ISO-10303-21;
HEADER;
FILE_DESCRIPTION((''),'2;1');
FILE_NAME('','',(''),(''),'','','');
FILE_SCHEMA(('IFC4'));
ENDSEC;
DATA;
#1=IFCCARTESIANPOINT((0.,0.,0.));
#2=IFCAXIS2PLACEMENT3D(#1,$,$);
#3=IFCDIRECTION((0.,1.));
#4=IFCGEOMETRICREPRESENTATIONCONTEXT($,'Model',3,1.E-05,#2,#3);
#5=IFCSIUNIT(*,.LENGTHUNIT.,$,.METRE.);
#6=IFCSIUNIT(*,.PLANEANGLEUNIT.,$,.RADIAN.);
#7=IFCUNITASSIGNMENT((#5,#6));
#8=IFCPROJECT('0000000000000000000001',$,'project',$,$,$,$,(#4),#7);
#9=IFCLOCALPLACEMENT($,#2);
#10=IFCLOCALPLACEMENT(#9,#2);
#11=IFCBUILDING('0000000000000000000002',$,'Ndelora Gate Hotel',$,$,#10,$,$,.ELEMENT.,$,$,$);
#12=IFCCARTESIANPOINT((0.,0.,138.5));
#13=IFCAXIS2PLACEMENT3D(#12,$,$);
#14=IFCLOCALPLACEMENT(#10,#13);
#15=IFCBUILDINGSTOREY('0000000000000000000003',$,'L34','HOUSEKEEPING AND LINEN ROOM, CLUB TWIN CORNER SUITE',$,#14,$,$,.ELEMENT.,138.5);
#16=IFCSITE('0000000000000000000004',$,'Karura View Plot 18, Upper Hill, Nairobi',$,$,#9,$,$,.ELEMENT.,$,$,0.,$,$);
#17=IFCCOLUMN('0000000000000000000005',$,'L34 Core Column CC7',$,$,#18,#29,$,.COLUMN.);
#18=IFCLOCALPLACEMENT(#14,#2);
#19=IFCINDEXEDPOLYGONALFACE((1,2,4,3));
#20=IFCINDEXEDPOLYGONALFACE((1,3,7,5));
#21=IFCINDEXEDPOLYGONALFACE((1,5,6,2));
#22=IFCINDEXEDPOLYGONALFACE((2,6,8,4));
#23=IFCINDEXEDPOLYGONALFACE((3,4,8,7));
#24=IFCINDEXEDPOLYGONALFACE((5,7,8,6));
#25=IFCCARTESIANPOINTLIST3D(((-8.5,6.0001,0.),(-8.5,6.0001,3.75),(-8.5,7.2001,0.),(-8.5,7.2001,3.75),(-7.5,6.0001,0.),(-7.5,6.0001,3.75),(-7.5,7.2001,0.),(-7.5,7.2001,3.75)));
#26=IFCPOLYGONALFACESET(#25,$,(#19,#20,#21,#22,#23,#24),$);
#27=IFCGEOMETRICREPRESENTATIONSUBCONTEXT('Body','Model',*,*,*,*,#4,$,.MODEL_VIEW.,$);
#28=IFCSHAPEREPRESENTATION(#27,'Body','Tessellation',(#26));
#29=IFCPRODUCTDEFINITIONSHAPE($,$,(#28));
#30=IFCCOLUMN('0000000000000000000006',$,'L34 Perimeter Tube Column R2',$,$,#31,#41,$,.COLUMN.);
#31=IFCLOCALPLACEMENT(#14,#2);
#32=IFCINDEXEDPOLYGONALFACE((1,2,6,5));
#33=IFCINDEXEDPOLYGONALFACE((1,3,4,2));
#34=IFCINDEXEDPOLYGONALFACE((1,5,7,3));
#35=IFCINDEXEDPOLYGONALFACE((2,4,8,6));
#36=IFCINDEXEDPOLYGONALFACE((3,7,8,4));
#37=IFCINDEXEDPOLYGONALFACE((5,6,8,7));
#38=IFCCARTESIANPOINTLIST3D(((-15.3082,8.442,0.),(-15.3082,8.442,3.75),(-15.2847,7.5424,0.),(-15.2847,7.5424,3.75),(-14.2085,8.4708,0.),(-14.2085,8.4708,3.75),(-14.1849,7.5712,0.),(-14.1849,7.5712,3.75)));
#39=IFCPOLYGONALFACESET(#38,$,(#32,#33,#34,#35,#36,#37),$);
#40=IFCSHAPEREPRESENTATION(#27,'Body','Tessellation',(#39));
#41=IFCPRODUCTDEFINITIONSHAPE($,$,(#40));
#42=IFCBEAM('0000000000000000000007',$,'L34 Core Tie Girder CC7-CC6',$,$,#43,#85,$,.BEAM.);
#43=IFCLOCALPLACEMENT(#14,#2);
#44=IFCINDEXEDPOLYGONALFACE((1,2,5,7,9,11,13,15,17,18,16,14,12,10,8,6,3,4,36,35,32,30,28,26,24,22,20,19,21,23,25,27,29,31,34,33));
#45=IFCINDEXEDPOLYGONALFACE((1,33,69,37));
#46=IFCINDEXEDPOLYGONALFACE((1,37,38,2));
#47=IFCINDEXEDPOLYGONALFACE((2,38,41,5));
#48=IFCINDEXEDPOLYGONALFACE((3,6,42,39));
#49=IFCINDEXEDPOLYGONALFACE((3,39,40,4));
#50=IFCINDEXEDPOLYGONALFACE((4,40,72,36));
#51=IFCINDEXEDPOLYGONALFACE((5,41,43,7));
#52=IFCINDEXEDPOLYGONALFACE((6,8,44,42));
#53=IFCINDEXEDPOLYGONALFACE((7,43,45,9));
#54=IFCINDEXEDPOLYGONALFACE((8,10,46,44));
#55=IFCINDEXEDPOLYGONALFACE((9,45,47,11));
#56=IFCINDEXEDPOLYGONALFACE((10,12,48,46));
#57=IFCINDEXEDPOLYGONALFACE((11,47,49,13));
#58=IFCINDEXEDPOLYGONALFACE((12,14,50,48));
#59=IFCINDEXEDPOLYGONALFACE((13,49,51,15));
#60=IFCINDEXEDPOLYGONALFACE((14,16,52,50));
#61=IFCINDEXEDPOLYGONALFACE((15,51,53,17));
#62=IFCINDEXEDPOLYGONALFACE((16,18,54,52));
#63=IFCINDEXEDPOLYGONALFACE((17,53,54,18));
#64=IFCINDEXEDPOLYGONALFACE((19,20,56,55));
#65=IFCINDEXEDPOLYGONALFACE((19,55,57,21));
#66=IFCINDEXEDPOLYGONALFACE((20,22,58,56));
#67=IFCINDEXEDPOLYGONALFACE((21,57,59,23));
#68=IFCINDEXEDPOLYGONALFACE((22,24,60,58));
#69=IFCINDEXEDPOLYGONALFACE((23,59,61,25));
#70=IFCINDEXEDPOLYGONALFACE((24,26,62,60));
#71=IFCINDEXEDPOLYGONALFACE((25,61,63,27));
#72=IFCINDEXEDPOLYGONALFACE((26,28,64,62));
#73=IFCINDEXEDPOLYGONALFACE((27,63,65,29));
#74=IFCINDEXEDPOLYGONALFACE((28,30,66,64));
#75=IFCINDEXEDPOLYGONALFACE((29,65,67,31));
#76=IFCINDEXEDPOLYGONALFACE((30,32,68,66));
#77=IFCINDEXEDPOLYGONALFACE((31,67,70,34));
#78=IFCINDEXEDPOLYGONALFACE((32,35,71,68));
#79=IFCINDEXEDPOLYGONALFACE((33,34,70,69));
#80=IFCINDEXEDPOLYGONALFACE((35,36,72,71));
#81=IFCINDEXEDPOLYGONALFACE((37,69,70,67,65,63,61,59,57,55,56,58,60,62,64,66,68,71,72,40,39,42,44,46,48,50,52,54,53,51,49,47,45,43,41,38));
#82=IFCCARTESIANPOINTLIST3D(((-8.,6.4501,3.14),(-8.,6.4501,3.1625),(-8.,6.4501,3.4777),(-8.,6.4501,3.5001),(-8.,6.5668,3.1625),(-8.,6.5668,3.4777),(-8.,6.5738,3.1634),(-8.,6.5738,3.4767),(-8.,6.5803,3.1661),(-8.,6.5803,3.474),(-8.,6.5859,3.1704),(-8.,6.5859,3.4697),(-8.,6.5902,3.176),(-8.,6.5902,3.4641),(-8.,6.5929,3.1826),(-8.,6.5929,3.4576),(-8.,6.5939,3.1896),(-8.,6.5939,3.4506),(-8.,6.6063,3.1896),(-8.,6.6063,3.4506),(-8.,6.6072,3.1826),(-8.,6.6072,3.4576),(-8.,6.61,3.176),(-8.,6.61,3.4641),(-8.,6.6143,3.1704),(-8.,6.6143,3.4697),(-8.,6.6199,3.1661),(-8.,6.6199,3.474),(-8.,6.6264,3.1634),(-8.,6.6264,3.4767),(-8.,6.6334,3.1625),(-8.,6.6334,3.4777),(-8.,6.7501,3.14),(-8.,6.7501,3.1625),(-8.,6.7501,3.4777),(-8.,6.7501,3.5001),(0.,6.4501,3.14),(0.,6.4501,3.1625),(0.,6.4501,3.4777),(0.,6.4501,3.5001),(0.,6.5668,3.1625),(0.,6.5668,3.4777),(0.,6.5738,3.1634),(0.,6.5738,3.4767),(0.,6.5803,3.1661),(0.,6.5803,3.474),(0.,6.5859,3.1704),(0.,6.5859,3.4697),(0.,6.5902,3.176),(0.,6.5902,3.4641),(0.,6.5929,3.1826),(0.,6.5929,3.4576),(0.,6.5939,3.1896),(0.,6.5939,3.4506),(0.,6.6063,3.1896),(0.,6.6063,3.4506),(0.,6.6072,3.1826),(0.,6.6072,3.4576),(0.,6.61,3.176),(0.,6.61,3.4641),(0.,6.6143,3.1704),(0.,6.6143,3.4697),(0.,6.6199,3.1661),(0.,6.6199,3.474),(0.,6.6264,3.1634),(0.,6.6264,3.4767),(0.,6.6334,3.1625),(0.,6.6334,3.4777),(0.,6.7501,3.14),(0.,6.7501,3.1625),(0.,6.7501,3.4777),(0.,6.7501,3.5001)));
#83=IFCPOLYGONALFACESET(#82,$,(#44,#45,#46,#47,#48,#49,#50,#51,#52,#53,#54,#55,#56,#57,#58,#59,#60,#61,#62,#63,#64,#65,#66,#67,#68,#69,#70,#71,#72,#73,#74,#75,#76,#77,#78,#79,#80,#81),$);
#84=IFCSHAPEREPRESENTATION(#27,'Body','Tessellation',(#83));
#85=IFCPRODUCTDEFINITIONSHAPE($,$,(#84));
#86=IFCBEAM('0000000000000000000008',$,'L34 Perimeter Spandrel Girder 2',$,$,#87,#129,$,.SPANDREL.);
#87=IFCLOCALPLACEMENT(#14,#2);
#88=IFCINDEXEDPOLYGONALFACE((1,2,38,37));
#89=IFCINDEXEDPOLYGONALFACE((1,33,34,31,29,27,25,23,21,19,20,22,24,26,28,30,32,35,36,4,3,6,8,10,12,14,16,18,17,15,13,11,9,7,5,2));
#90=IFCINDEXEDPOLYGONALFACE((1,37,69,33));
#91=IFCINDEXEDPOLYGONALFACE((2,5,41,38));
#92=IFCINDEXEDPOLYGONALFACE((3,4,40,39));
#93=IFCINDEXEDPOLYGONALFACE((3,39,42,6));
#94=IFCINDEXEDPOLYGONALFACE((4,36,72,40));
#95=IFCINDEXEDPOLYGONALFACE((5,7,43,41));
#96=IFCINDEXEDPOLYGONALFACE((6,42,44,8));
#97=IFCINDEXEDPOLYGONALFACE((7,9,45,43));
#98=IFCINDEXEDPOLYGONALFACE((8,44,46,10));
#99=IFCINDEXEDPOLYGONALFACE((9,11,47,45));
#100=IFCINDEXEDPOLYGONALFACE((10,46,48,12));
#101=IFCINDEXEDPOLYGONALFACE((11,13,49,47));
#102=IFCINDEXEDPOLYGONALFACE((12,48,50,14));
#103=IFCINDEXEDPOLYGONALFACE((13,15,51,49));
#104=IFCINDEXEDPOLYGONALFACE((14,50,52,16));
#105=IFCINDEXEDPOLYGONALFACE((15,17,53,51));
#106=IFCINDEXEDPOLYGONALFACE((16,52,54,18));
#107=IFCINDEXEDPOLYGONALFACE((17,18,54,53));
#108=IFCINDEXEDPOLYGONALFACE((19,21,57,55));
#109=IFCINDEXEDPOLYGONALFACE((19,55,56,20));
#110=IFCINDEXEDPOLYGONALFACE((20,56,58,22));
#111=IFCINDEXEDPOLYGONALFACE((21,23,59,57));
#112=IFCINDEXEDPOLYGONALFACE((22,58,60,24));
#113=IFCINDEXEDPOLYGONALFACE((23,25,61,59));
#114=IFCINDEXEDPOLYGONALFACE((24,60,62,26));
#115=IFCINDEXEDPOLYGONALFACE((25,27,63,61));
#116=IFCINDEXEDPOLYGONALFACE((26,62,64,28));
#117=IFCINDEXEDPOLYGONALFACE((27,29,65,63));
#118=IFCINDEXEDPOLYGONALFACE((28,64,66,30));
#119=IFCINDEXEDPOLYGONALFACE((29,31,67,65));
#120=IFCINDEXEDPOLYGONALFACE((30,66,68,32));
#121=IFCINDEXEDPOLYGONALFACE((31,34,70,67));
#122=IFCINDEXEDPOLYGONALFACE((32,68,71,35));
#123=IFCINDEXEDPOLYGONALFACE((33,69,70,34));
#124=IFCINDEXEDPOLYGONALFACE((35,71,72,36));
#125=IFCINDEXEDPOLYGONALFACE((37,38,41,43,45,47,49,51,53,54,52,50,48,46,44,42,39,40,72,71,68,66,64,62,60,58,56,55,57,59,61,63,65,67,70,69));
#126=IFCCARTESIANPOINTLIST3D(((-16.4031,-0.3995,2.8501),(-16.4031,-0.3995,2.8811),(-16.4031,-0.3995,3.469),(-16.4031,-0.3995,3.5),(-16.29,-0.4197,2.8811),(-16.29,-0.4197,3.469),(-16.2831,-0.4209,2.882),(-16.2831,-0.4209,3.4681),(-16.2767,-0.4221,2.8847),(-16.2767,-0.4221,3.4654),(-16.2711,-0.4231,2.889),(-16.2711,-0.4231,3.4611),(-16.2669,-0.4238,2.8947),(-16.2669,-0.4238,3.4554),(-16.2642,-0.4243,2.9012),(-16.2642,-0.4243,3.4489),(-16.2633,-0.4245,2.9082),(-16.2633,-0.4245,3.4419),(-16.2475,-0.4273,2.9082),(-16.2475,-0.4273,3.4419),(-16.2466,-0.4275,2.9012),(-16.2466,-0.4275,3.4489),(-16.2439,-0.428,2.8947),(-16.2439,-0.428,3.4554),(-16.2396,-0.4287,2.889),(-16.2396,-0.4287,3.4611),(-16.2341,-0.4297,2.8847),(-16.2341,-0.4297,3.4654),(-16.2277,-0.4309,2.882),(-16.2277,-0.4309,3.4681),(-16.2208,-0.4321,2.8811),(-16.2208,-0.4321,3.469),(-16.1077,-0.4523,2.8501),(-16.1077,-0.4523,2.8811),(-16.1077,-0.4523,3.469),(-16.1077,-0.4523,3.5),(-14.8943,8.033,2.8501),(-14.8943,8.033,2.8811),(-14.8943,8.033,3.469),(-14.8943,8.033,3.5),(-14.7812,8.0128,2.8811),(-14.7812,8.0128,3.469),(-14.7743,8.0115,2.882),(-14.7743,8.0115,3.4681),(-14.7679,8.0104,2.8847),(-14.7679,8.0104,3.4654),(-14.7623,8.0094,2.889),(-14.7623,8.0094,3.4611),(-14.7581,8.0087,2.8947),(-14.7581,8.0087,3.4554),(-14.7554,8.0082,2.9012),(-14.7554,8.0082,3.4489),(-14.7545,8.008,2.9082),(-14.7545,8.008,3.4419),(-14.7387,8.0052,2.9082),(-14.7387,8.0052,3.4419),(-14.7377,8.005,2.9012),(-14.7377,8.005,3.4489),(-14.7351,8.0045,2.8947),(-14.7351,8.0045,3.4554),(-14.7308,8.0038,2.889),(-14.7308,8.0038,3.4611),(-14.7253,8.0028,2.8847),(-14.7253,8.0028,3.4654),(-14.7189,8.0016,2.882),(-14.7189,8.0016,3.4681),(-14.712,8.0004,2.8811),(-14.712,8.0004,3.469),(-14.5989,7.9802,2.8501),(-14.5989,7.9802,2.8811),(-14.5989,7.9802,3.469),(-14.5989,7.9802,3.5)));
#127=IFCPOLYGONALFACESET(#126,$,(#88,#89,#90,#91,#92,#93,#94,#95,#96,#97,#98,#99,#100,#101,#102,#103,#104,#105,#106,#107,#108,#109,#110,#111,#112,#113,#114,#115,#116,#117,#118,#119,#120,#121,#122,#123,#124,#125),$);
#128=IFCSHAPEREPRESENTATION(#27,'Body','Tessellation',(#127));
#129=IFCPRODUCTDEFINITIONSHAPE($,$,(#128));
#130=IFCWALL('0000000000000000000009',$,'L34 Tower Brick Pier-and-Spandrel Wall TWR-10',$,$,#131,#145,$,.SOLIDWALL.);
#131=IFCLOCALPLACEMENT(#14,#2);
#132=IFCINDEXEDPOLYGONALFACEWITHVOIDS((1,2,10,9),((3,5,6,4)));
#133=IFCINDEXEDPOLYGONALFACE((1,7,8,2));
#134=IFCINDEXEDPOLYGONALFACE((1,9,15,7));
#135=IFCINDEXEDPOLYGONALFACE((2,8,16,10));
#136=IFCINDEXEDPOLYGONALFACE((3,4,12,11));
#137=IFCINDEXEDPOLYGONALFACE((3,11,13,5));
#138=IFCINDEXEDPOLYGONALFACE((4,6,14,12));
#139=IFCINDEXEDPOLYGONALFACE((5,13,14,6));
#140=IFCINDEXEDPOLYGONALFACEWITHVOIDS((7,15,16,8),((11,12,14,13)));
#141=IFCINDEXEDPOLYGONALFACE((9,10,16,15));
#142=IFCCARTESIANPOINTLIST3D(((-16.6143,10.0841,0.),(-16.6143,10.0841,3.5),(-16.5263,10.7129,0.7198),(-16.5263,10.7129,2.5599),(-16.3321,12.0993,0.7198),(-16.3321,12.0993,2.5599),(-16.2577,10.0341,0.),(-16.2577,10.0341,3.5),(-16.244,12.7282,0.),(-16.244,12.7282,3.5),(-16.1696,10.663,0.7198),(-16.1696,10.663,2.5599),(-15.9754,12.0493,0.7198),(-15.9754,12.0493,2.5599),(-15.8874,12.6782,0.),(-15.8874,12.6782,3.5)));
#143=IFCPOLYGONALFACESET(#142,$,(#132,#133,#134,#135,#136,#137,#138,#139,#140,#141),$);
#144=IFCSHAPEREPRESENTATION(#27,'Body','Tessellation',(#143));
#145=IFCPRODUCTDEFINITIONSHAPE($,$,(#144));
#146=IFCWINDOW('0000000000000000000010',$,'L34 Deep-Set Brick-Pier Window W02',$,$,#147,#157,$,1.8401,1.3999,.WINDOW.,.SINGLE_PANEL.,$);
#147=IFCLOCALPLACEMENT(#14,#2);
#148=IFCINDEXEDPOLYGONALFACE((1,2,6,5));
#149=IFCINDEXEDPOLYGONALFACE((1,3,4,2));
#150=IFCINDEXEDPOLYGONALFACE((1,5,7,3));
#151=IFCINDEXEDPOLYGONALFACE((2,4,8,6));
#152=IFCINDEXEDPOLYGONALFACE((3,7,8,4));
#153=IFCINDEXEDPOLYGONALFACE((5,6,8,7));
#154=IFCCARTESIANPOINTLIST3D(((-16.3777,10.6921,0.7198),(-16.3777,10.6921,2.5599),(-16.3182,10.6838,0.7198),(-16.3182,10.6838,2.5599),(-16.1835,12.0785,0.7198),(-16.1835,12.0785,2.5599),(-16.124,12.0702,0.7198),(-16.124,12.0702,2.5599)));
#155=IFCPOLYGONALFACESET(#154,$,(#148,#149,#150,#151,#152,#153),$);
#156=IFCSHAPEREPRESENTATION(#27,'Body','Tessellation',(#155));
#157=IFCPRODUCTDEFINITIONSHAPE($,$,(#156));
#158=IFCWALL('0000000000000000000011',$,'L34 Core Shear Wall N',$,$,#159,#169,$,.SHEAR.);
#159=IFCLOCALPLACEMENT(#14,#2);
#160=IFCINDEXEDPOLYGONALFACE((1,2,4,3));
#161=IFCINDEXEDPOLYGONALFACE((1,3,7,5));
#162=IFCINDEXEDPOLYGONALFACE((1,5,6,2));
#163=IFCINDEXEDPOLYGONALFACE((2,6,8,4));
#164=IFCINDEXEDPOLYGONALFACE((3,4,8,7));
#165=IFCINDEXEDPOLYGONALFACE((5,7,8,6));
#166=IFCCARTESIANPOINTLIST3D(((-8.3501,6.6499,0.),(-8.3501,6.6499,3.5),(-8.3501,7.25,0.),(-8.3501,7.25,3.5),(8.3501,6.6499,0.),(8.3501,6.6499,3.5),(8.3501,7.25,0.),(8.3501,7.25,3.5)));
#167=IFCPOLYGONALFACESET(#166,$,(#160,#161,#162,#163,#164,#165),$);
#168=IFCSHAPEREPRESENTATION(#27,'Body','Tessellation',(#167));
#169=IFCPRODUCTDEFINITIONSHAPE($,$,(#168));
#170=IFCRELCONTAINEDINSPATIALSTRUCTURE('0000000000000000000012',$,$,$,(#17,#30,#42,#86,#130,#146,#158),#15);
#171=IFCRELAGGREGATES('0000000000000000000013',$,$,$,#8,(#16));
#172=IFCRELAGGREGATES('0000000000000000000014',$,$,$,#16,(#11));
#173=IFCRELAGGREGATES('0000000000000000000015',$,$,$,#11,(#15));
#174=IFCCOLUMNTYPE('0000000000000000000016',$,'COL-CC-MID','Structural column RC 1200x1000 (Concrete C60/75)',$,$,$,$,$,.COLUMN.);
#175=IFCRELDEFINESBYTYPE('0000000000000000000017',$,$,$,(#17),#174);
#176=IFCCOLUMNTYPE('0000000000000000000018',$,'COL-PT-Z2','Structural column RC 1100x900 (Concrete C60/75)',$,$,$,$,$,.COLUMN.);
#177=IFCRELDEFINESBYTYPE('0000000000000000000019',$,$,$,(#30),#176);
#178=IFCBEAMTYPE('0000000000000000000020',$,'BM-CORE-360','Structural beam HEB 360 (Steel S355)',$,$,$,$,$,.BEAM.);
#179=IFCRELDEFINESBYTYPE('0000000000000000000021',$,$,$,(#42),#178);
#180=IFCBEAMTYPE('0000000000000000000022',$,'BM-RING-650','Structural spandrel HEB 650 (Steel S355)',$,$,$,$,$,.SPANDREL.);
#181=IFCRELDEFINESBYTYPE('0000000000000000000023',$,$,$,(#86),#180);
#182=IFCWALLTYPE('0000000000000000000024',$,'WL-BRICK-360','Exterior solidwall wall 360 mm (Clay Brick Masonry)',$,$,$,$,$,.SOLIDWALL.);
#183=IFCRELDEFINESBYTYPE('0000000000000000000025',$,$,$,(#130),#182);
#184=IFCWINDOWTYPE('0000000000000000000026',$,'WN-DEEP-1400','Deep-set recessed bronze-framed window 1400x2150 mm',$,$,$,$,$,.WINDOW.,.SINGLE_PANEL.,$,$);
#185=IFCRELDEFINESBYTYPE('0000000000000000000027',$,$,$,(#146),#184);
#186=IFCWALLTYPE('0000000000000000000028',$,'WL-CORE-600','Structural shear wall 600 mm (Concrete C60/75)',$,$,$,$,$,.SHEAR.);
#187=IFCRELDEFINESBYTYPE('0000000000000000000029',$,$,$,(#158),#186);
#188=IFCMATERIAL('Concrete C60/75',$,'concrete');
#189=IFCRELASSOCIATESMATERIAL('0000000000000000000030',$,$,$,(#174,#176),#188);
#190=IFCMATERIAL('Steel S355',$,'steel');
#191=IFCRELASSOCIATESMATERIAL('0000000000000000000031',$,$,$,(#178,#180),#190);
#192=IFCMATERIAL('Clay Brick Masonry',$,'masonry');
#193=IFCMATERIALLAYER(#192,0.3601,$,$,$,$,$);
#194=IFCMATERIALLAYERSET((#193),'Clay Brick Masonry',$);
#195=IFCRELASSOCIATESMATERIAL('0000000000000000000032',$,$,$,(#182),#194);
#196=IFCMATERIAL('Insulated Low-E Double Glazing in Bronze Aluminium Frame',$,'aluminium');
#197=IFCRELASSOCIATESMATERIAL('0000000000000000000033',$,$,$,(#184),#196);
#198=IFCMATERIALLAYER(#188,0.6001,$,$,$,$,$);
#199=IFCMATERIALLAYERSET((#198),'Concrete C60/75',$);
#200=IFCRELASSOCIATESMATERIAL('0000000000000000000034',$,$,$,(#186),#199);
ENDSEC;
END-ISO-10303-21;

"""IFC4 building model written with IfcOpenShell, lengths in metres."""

from ifc_helpers import new_model, si_unit, direction, frame, frame_2d, origin, origin_2d, place, context, subcontext, project, spatial, rectangle, i_section, extrude, material, layer, layer_set, material_profile, profile_set, type_object, element, fill, save


model = new_model("IFC4")

# Units and contexts
model_context = context("Model", 3, precision=1e-05, world=origin(), true_north=direction((0.0, 1.0)))
body_context = subcontext(model_context, "Body", "Model", "MODEL_VIEW")
ifc_project = project(units=[si_unit("LENGTHUNIT", "METRE"), si_unit("PLANEANGLEUNIT", "RADIAN")], contexts=[model_context])

# Site, building, storey
site_placement = place(None, origin())
site = spatial("IfcSite", under=ifc_project, at=site_placement, Name="Karura View Plot 18, Upper Hill, Nairobi", CompositionType="ELEMENT", RefElevation=0.0)
building_placement = place(site_placement, origin())
building = spatial("IfcBuilding", under=site, at=building_placement, Name="Ndelora Gate Hotel", CompositionType="ELEMENT")
storey_placement = place(building_placement, frame((0.0, 0.0, 138.5)))
storey = spatial("IfcBuildingStorey", under=building, at=storey_placement, Name="L34", Description="HOUSEKEEPING AND LINEN ROOM, CLUB TWIN CORNER SUITE", CompositionType="ELEMENT", Elevation=138.5)

# Columns
ifc_material_1 = material(Name="Concrete C60/75", Category="concrete")
ifc_material_profile_1 = material_profile(ifc_material_1, rectangle(XDim=1.0, YDim=1.2, at=origin_2d()), Name="RC 1200x1000")
ifc_profile_set_1 = profile_set([ifc_material_profile_1], Name="Concrete C60/75")
column_type_1 = type_object("IfcColumnType", Name="COL-CC-MID", Description="Structural column RC 1200x1000 (Concrete C60/75)", PredefinedType="COLUMN", material=ifc_profile_set_1)
column_1_placement = place(storey_placement, frame((-8.0, 6.6001, 0.0), z_axis=(0.0, 0.0, 1.0), x_axis=(1.0, 0.0, 0.0)))
element("IfcColumn", 1, at=column_1_placement, inside=storey, type_object=column_type_1, Name="L34 Core Column CC7", PredefinedType="COLUMN", context=body_context, shape_type="SweptSolid", body=[
    extrude(rectangle(XDim=1.0, YDim=1.2, at=origin_2d()), origin(), (0.0, 0.0, 1.0), 3.75),
])
ifc_material_profile_2 = material_profile(ifc_material_1, rectangle(XDim=0.8999, YDim=1.1001, at=origin_2d()), Name="RC 1100x900")
ifc_profile_set_2 = profile_set([ifc_material_profile_2], Name="Concrete C60/75")
column_type_2 = type_object("IfcColumnType", Name="COL-PT-Z2", Description="Structural column RC 1100x900 (Concrete C60/75)", PredefinedType="COLUMN", material=ifc_profile_set_2)
column_2_placement = place(storey_placement, frame((-14.7466, 8.0066, 0.0), z_axis=(0.0, 0.0, 1.0), x_axis=(-0.026177, 0.999657, 0.0)))
element("IfcColumn", 2, at=column_2_placement, inside=storey, type_object=column_type_2, Name="L34 Perimeter Tube Column R2", PredefinedType="COLUMN", context=body_context, shape_type="SweptSolid", body=[
    extrude(rectangle(XDim=0.8999, YDim=1.1001, at=origin_2d()), origin(), (0.0, 0.0, 1.0), 3.75),
])

# Beams
ifc_material_2 = material(Name="Steel S355", Category="steel")
ifc_material_profile_3 = material_profile(ifc_material_2, i_section(OverallWidth=0.3, OverallDepth=0.3601, WebThickness=0.0125, FlangeThickness=0.0225, FilletRadius=0.0271, at=origin_2d()), Name="HEB 360")
ifc_profile_set_3 = profile_set([ifc_material_profile_3], Name="Steel S355")
beam_type_1 = type_object("IfcBeamType", Name="BM-CORE-360", Description="Structural beam HEB 360 (Steel S355)", PredefinedType="BEAM", material=ifc_profile_set_3)
beam_1_placement = place(storey_placement, frame((-8.0, 6.6001, 3.3201), z_axis=(1.0, 0.0, 0.0), x_axis=(0.0, 1.0, 0.0)))
element("IfcBeam", 3, at=beam_1_placement, inside=storey, type_object=beam_type_1, Name="L34 Core Tie Girder CC7-CC6", PredefinedType="BEAM", context=body_context, shape_type="SweptSolid", body=[
    extrude(i_section(OverallWidth=0.3, OverallDepth=0.3601, WebThickness=0.0125, FlangeThickness=0.0225, FilletRadius=0.0271, at=origin_2d()), origin(), (0.0, 0.0, 1.0), 8.0),
])
ifc_material_profile_4 = material_profile(ifc_material_2, i_section(OverallWidth=0.3, OverallDepth=0.6499, WebThickness=0.0161, FlangeThickness=0.031, FilletRadius=0.0271, at=origin_2d()), Name="HEB 650")
ifc_profile_set_4 = profile_set([ifc_material_profile_4], Name="Steel S355")
beam_type_2 = type_object("IfcBeamType", Name="BM-RING-650", Description="Structural spandrel HEB 650 (Steel S355)", PredefinedType="SPANDREL", material=ifc_profile_set_4)
beam_2_placement = place(storey_placement, frame((-14.7466, 8.0066, 3.175), z_axis=(-0.176131, -0.984367, 0.0), x_axis=(0.984367, -0.176131, 0.0)))
element("IfcBeam", 4, at=beam_2_placement, inside=storey, type_object=beam_type_2, Name="L34 Perimeter Spandrel Girder 2", PredefinedType="SPANDREL", context=body_context, shape_type="SweptSolid", body=[
    extrude(i_section(OverallWidth=0.3, OverallDepth=0.6499, WebThickness=0.0161, FlangeThickness=0.031, FilletRadius=0.0271, at=origin_2d()), origin(), (0.0, 0.0, 1.0), 8.5664),
])

# Wall, opening, window
ifc_material_3 = material(Name="Clay Brick Masonry", Category="masonry")
ifc_layer_1 = layer(ifc_material_3, 0.3601)
ifc_layer_set_1 = layer_set([ifc_layer_1], Name="Clay Brick Masonry")
wall_type_1 = type_object("IfcWallType", Name="WL-BRICK-360", Description="Exterior solidwall wall 360 mm (Clay Brick Masonry)", PredefinedType="SOLIDWALL", material=ifc_layer_set_1)
wall_1_placement = place(storey_placement, frame((-16.436, 10.0591, 0.0), z_axis=(0.0, 0.0, 1.0), x_axis=(0.13872, 0.990332, 0.0)))
wall_1 = element("IfcWall", 5, at=wall_1_placement, inside=storey, type_object=wall_type_1, Name="L34 Tower Brick Pier-and-Spandrel Wall TWR-10", PredefinedType="SOLIDWALL", context=body_context, shape_type="SweptSolid", body=[
    extrude(rectangle(XDim=2.6699, YDim=0.3601, at=frame_2d((1.335, 0.0))), origin(), (0.0, 0.0, 1.0), 3.5),
])
opening_1_placement = place(wall_1_placement, frame((0.635, 0.0, 0.72)))
opening_1 = element("IfcOpeningElement", 6, at=opening_1_placement, cuts=wall_1, PredefinedType="OPENING", context=body_context, shape_type="SweptSolid", body=[
    extrude(rectangle(XDim=1.3999, YDim=1.8401, at=frame_2d((0.7, 0.9199))), frame((0.0, 0.1899, 0.0), z_axis=(0.0, -1.0, 0.0), x_axis=(1.0, 0.0, 0.0)), (0.0, 0.0, 1.0), 0.3801),
])
ifc_material_4 = material(Name="Insulated Low-E Double Glazing in Bronze Aluminium Frame", Category="aluminium")
window_type = type_object("IfcWindowType", Name="WN-DEEP-1400", Description="Deep-set recessed bronze-framed window 1400x2150 mm", PartitioningType="SINGLE_PANEL", PredefinedType="WINDOW", material=ifc_material_4)
window_placement = place(opening_1_placement, origin())
window = element("IfcWindow", 7, at=window_placement, inside=storey, type_object=window_type, Name="L34 Deep-Set Brick-Pier Window W02", OverallHeight=1.8401, OverallWidth=1.3999, PartitioningType="SINGLE_PANEL", PredefinedType="WINDOW", context=body_context, shape_type="SweptSolid", body=[
    extrude(rectangle(XDim=1.3999, YDim=1.8401, at=frame_2d((0.7, 0.9199))), frame((0.0, 0.03, 0.0), z_axis=(0.0, -1.0, 0.0), x_axis=(1.0, 0.0, 0.0)), (0.0, 0.0, 1.0), 0.0601),
])
fill(opening_1, window)

# Wall
ifc_layer_2 = layer(ifc_material_1, 0.6001)
ifc_layer_set_2 = layer_set([ifc_layer_2], Name="Concrete C60/75")
wall_type_2 = type_object("IfcWallType", Name="WL-CORE-600", Description="Structural shear wall 600 mm (Concrete C60/75)", PredefinedType="SHEAR", material=ifc_layer_set_2)
wall_2_placement = place(storey_placement, frame((-8.3501, 6.95, 0.0), z_axis=(0.0, 0.0, 1.0), x_axis=(1.0, 0.0, 0.0)))
element("IfcWall", 8, at=wall_2_placement, inside=storey, type_object=wall_type_2, Name="L34 Core Shear Wall N", PredefinedType="SHEAR", context=body_context, shape_type="SweptSolid", body=[
    extrude(rectangle(XDim=16.7002, YDim=0.6001, at=frame_2d((8.3501, 0.0))), origin(), (0.0, 0.0, 1.0), 3.5),
])

save(model, "model.ifc")
